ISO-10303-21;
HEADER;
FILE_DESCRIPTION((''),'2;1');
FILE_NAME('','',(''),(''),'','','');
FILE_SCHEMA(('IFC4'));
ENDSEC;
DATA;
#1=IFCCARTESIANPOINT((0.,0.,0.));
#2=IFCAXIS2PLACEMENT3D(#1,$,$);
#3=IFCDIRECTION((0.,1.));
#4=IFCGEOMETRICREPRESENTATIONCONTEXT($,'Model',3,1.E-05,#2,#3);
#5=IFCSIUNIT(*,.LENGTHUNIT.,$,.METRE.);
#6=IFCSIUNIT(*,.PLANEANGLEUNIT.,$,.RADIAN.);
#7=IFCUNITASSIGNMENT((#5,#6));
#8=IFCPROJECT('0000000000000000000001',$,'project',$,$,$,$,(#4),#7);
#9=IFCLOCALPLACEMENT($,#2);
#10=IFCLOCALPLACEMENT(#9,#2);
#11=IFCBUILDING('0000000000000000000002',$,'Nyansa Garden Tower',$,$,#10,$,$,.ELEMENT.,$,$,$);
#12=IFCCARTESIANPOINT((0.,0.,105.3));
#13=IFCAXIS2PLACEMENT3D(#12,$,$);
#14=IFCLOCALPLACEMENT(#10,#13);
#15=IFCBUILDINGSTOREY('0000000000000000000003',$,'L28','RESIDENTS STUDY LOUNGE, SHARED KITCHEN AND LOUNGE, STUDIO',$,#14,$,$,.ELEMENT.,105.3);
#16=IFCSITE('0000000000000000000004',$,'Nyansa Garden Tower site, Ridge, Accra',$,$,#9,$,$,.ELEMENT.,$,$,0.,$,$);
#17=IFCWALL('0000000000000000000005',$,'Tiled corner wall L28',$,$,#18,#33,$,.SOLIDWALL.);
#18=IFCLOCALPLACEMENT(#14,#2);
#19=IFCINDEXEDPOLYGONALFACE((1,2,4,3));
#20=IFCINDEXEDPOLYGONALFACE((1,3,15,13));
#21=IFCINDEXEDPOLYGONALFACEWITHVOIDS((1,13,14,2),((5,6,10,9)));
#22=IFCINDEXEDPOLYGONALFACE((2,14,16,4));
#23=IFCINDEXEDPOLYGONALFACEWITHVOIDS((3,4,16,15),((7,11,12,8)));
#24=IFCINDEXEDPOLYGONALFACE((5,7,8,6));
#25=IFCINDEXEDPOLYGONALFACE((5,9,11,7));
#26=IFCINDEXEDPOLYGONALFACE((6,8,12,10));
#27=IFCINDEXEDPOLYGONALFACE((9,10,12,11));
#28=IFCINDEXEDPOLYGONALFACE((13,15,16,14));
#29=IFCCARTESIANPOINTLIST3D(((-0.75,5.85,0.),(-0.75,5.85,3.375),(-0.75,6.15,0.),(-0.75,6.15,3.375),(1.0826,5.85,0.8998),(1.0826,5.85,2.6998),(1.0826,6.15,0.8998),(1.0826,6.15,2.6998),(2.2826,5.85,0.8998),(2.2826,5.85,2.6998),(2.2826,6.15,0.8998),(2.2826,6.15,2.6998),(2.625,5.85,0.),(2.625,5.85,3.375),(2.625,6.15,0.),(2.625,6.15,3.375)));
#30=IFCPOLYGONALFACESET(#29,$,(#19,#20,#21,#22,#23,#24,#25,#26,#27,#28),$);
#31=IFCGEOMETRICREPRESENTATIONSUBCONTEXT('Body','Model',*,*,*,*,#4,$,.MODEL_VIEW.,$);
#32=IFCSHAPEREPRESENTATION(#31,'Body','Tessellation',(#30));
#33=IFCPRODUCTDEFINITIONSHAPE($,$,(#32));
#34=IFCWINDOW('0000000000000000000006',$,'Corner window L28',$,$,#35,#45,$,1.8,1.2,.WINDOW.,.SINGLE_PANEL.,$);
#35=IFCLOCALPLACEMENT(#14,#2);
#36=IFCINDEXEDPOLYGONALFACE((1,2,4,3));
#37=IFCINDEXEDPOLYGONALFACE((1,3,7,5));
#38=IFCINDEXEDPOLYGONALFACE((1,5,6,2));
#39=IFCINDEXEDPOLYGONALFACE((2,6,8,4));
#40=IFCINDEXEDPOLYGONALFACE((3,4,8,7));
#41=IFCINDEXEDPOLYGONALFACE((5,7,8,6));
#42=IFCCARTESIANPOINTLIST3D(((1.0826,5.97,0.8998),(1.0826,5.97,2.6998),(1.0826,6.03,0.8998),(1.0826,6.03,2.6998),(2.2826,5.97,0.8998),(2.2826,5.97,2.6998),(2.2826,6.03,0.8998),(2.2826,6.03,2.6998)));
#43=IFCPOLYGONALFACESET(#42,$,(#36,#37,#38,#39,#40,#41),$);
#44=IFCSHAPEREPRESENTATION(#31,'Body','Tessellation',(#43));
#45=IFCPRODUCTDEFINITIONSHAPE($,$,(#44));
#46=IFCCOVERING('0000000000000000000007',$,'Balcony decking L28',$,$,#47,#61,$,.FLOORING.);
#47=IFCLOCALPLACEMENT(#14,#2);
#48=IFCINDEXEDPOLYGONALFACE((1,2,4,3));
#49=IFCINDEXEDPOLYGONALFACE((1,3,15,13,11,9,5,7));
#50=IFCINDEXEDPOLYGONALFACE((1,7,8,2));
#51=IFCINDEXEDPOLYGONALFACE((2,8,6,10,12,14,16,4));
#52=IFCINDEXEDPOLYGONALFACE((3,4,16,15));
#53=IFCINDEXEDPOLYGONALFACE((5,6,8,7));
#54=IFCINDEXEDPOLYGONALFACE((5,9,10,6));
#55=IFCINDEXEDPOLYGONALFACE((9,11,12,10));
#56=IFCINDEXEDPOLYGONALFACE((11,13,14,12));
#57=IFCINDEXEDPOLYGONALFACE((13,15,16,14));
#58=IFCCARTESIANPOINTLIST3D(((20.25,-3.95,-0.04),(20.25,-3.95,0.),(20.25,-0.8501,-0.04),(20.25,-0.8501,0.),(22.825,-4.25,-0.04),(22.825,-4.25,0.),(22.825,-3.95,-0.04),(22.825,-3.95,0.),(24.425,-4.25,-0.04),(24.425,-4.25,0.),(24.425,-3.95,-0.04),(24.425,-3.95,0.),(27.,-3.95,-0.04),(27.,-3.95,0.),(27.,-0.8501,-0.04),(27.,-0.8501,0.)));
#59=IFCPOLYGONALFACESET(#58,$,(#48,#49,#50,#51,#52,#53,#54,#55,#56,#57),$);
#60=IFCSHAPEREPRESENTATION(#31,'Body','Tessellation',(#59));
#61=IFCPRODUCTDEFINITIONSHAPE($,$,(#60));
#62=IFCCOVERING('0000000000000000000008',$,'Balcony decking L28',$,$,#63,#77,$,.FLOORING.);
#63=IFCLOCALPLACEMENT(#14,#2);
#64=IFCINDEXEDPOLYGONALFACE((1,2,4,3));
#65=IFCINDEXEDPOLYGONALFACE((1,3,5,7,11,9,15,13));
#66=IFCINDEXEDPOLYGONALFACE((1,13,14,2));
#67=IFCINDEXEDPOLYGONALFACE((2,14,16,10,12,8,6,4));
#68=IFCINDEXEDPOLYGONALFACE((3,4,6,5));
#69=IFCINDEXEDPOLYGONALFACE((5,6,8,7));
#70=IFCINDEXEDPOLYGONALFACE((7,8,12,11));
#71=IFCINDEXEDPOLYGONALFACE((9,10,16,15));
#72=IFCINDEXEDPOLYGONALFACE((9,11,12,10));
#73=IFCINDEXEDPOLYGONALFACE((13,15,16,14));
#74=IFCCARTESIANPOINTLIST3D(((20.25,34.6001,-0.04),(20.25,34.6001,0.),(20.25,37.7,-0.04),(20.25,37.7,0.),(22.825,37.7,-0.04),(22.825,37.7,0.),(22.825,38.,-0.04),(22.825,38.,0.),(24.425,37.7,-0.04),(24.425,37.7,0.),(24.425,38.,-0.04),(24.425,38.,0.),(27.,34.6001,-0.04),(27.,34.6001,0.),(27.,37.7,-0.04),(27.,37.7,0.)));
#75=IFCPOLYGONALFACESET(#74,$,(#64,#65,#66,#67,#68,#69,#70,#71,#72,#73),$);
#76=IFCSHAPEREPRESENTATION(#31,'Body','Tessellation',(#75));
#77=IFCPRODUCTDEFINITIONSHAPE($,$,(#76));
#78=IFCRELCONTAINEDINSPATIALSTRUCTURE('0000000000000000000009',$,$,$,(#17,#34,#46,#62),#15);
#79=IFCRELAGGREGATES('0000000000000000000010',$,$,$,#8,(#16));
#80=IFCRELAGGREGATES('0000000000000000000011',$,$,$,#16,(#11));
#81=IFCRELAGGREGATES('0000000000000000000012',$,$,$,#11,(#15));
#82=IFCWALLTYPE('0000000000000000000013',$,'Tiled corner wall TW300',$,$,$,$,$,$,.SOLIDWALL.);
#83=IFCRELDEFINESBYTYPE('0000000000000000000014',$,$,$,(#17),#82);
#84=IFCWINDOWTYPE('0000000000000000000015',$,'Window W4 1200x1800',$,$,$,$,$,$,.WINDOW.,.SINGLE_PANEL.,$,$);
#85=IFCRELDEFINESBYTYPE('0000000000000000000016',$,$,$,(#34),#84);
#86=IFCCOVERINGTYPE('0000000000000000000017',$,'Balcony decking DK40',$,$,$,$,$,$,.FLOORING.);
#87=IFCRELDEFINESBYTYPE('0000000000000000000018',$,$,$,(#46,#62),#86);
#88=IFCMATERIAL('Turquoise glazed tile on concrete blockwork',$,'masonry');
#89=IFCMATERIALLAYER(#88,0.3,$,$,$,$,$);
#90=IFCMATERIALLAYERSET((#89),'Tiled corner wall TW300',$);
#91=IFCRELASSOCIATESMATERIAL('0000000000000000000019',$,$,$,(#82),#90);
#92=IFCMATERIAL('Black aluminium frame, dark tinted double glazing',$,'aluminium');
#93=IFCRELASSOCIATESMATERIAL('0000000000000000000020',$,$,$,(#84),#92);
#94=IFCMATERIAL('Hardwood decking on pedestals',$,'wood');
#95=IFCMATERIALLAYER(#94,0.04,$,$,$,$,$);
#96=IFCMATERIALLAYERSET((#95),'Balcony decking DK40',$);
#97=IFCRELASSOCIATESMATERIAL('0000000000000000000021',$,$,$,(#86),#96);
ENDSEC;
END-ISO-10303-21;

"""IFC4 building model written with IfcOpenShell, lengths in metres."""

from ifc_helpers import new_model, si_unit, direction, frame, frame_2d, origin, place, context, subcontext, project, spatial, polyline, rectangle, outline, extrude, material, layer, layer_set, type_object, element, fill, save


model = new_model("IFC4")

# Units and contexts
model_context = context("Model", 3, precision=1e-05, world=origin(), true_north=direction((0.0, 1.0)))
body_context = subcontext(model_context, "Body", "Model", "MODEL_VIEW")
ifc_project = project(units=[si_unit("LENGTHUNIT", "METRE"), si_unit("PLANEANGLEUNIT", "RADIAN")], contexts=[model_context])

# Site, building, storey
site_placement = place(None, origin())
site = spatial("IfcSite", under=ifc_project, at=site_placement, Name="Nyansa Garden Tower site, Ridge, Accra", CompositionType="ELEMENT", RefElevation=0.0)
building_placement = place(site_placement, origin())
building = spatial("IfcBuilding", under=site, at=building_placement, Name="Nyansa Garden Tower", CompositionType="ELEMENT")
storey_placement = place(building_placement, frame((0.0, 0.0, 105.3)))
storey = spatial("IfcBuildingStorey", under=building, at=storey_placement, Name="L28", Description="RESIDENTS STUDY LOUNGE, SHARED KITCHEN AND LOUNGE, STUDIO", CompositionType="ELEMENT", Elevation=105.3)

# Wall, opening, window
ifc_material_1 = material(Name="Turquoise glazed tile on concrete blockwork", Category="masonry")
ifc_layer_1 = layer(ifc_material_1, 0.3)
ifc_layer_set_1 = layer_set([ifc_layer_1], Name="Tiled corner wall TW300")
wall_type = type_object("IfcWallType", Name="Tiled corner wall TW300", PredefinedType="SOLIDWALL", material=ifc_layer_set_1)
wall_placement = place(storey_placement, frame((-0.75, 6.0, 0.0), z_axis=(0.0, 0.0, 1.0), x_axis=(1.0, 0.0, 0.0)))
wall = element("IfcWall", 1, at=wall_placement, inside=storey, type_object=wall_type, Name="Tiled corner wall L28", PredefinedType="SOLIDWALL", context=body_context, shape_type="SweptSolid", body=[
    extrude(rectangle(XDim=3.375, YDim=0.3, at=frame_2d((1.6875, 0.0))), origin(), (0.0, 0.0, 1.0), 3.375),
])
opening_placement = place(wall_placement, frame((1.8325, 0.0, 0.8999)))
opening = element("IfcOpeningElement", 2, at=opening_placement, cuts=wall, PredefinedType="OPENING", context=body_context, shape_type="SweptSolid", body=[
    extrude(rectangle(XDim=1.2, YDim=1.8, at=frame_2d((0.6001, 0.8999))), frame((0.0, 0.1599, 0.0), z_axis=(0.0, -1.0, 0.0), x_axis=(1.0, 0.0, 0.0)), (0.0, 0.0, 1.0), 0.3201),
])
ifc_material_2 = material(Name="Black aluminium frame, dark tinted double glazing", Category="aluminium")
window_type = type_object("IfcWindowType", Name="Window W4 1200x1800", PartitioningType="SINGLE_PANEL", PredefinedType="WINDOW", material=ifc_material_2)
window_placement = place(opening_placement, origin())
window = element("IfcWindow", 3, at=window_placement, inside=storey, type_object=window_type, Name="Corner window L28", OverallHeight=1.8, OverallWidth=1.2, PartitioningType="SINGLE_PANEL", PredefinedType="WINDOW", context=body_context, shape_type="SweptSolid", body=[
    extrude(rectangle(XDim=1.2, YDim=1.8, at=frame_2d((0.6001, 0.8999))), frame((0.0, 0.03, 0.0), z_axis=(0.0, -1.0, 0.0), x_axis=(1.0, 0.0, 0.0)), (0.0, 0.0, 1.0), 0.0601),
])
fill(opening, window)

# Coverings
ifc_material_3 = material(Name="Hardwood decking on pedestals", Category="wood")
ifc_layer_2 = layer(ifc_material_3, 0.04)
ifc_layer_set_2 = layer_set([ifc_layer_2], Name="Balcony decking DK40")
covering_type = type_object("IfcCoveringType", Name="Balcony decking DK40", PredefinedType="FLOORING", material=ifc_layer_set_2)
covering_1_placement = place(storey_placement, frame((0.0, 0.0, -0.04)))
element("IfcCovering", 4, at=covering_1_placement, inside=storey, type_object=covering_type, Name="Balcony decking L28", PredefinedType="FLOORING", context=body_context, shape_type="SweptSolid", body=[
    extrude(outline(polyline([(20.25, -0.8501), (27.0, -0.8501), (27.0, -3.95), (24.425, -3.95), (24.425, -4.25), (22.825, -4.25), (22.825, -3.95), (20.25, -3.95), (20.25, -0.8501)])), origin(), (0.0, 0.0, 1.0), 0.04),
])
covering_2_placement = place(storey_placement, frame((0.0, 0.0, -0.04)))
element("IfcCovering", 5, at=covering_2_placement, inside=storey, type_object=covering_type, Name="Balcony decking L28", PredefinedType="FLOORING", context=body_context, shape_type="SweptSolid", body=[
    extrude(outline(polyline([(20.25, 34.6001), (27.0, 34.6001), (27.0, 37.7), (24.425, 37.7), (24.425, 38.0), (22.825, 38.0), (22.825, 37.7), (20.25, 37.7), (20.25, 34.6001)])), origin(), (0.0, 0.0, 1.0), 0.04),
])

save(model, "model.ifc")
